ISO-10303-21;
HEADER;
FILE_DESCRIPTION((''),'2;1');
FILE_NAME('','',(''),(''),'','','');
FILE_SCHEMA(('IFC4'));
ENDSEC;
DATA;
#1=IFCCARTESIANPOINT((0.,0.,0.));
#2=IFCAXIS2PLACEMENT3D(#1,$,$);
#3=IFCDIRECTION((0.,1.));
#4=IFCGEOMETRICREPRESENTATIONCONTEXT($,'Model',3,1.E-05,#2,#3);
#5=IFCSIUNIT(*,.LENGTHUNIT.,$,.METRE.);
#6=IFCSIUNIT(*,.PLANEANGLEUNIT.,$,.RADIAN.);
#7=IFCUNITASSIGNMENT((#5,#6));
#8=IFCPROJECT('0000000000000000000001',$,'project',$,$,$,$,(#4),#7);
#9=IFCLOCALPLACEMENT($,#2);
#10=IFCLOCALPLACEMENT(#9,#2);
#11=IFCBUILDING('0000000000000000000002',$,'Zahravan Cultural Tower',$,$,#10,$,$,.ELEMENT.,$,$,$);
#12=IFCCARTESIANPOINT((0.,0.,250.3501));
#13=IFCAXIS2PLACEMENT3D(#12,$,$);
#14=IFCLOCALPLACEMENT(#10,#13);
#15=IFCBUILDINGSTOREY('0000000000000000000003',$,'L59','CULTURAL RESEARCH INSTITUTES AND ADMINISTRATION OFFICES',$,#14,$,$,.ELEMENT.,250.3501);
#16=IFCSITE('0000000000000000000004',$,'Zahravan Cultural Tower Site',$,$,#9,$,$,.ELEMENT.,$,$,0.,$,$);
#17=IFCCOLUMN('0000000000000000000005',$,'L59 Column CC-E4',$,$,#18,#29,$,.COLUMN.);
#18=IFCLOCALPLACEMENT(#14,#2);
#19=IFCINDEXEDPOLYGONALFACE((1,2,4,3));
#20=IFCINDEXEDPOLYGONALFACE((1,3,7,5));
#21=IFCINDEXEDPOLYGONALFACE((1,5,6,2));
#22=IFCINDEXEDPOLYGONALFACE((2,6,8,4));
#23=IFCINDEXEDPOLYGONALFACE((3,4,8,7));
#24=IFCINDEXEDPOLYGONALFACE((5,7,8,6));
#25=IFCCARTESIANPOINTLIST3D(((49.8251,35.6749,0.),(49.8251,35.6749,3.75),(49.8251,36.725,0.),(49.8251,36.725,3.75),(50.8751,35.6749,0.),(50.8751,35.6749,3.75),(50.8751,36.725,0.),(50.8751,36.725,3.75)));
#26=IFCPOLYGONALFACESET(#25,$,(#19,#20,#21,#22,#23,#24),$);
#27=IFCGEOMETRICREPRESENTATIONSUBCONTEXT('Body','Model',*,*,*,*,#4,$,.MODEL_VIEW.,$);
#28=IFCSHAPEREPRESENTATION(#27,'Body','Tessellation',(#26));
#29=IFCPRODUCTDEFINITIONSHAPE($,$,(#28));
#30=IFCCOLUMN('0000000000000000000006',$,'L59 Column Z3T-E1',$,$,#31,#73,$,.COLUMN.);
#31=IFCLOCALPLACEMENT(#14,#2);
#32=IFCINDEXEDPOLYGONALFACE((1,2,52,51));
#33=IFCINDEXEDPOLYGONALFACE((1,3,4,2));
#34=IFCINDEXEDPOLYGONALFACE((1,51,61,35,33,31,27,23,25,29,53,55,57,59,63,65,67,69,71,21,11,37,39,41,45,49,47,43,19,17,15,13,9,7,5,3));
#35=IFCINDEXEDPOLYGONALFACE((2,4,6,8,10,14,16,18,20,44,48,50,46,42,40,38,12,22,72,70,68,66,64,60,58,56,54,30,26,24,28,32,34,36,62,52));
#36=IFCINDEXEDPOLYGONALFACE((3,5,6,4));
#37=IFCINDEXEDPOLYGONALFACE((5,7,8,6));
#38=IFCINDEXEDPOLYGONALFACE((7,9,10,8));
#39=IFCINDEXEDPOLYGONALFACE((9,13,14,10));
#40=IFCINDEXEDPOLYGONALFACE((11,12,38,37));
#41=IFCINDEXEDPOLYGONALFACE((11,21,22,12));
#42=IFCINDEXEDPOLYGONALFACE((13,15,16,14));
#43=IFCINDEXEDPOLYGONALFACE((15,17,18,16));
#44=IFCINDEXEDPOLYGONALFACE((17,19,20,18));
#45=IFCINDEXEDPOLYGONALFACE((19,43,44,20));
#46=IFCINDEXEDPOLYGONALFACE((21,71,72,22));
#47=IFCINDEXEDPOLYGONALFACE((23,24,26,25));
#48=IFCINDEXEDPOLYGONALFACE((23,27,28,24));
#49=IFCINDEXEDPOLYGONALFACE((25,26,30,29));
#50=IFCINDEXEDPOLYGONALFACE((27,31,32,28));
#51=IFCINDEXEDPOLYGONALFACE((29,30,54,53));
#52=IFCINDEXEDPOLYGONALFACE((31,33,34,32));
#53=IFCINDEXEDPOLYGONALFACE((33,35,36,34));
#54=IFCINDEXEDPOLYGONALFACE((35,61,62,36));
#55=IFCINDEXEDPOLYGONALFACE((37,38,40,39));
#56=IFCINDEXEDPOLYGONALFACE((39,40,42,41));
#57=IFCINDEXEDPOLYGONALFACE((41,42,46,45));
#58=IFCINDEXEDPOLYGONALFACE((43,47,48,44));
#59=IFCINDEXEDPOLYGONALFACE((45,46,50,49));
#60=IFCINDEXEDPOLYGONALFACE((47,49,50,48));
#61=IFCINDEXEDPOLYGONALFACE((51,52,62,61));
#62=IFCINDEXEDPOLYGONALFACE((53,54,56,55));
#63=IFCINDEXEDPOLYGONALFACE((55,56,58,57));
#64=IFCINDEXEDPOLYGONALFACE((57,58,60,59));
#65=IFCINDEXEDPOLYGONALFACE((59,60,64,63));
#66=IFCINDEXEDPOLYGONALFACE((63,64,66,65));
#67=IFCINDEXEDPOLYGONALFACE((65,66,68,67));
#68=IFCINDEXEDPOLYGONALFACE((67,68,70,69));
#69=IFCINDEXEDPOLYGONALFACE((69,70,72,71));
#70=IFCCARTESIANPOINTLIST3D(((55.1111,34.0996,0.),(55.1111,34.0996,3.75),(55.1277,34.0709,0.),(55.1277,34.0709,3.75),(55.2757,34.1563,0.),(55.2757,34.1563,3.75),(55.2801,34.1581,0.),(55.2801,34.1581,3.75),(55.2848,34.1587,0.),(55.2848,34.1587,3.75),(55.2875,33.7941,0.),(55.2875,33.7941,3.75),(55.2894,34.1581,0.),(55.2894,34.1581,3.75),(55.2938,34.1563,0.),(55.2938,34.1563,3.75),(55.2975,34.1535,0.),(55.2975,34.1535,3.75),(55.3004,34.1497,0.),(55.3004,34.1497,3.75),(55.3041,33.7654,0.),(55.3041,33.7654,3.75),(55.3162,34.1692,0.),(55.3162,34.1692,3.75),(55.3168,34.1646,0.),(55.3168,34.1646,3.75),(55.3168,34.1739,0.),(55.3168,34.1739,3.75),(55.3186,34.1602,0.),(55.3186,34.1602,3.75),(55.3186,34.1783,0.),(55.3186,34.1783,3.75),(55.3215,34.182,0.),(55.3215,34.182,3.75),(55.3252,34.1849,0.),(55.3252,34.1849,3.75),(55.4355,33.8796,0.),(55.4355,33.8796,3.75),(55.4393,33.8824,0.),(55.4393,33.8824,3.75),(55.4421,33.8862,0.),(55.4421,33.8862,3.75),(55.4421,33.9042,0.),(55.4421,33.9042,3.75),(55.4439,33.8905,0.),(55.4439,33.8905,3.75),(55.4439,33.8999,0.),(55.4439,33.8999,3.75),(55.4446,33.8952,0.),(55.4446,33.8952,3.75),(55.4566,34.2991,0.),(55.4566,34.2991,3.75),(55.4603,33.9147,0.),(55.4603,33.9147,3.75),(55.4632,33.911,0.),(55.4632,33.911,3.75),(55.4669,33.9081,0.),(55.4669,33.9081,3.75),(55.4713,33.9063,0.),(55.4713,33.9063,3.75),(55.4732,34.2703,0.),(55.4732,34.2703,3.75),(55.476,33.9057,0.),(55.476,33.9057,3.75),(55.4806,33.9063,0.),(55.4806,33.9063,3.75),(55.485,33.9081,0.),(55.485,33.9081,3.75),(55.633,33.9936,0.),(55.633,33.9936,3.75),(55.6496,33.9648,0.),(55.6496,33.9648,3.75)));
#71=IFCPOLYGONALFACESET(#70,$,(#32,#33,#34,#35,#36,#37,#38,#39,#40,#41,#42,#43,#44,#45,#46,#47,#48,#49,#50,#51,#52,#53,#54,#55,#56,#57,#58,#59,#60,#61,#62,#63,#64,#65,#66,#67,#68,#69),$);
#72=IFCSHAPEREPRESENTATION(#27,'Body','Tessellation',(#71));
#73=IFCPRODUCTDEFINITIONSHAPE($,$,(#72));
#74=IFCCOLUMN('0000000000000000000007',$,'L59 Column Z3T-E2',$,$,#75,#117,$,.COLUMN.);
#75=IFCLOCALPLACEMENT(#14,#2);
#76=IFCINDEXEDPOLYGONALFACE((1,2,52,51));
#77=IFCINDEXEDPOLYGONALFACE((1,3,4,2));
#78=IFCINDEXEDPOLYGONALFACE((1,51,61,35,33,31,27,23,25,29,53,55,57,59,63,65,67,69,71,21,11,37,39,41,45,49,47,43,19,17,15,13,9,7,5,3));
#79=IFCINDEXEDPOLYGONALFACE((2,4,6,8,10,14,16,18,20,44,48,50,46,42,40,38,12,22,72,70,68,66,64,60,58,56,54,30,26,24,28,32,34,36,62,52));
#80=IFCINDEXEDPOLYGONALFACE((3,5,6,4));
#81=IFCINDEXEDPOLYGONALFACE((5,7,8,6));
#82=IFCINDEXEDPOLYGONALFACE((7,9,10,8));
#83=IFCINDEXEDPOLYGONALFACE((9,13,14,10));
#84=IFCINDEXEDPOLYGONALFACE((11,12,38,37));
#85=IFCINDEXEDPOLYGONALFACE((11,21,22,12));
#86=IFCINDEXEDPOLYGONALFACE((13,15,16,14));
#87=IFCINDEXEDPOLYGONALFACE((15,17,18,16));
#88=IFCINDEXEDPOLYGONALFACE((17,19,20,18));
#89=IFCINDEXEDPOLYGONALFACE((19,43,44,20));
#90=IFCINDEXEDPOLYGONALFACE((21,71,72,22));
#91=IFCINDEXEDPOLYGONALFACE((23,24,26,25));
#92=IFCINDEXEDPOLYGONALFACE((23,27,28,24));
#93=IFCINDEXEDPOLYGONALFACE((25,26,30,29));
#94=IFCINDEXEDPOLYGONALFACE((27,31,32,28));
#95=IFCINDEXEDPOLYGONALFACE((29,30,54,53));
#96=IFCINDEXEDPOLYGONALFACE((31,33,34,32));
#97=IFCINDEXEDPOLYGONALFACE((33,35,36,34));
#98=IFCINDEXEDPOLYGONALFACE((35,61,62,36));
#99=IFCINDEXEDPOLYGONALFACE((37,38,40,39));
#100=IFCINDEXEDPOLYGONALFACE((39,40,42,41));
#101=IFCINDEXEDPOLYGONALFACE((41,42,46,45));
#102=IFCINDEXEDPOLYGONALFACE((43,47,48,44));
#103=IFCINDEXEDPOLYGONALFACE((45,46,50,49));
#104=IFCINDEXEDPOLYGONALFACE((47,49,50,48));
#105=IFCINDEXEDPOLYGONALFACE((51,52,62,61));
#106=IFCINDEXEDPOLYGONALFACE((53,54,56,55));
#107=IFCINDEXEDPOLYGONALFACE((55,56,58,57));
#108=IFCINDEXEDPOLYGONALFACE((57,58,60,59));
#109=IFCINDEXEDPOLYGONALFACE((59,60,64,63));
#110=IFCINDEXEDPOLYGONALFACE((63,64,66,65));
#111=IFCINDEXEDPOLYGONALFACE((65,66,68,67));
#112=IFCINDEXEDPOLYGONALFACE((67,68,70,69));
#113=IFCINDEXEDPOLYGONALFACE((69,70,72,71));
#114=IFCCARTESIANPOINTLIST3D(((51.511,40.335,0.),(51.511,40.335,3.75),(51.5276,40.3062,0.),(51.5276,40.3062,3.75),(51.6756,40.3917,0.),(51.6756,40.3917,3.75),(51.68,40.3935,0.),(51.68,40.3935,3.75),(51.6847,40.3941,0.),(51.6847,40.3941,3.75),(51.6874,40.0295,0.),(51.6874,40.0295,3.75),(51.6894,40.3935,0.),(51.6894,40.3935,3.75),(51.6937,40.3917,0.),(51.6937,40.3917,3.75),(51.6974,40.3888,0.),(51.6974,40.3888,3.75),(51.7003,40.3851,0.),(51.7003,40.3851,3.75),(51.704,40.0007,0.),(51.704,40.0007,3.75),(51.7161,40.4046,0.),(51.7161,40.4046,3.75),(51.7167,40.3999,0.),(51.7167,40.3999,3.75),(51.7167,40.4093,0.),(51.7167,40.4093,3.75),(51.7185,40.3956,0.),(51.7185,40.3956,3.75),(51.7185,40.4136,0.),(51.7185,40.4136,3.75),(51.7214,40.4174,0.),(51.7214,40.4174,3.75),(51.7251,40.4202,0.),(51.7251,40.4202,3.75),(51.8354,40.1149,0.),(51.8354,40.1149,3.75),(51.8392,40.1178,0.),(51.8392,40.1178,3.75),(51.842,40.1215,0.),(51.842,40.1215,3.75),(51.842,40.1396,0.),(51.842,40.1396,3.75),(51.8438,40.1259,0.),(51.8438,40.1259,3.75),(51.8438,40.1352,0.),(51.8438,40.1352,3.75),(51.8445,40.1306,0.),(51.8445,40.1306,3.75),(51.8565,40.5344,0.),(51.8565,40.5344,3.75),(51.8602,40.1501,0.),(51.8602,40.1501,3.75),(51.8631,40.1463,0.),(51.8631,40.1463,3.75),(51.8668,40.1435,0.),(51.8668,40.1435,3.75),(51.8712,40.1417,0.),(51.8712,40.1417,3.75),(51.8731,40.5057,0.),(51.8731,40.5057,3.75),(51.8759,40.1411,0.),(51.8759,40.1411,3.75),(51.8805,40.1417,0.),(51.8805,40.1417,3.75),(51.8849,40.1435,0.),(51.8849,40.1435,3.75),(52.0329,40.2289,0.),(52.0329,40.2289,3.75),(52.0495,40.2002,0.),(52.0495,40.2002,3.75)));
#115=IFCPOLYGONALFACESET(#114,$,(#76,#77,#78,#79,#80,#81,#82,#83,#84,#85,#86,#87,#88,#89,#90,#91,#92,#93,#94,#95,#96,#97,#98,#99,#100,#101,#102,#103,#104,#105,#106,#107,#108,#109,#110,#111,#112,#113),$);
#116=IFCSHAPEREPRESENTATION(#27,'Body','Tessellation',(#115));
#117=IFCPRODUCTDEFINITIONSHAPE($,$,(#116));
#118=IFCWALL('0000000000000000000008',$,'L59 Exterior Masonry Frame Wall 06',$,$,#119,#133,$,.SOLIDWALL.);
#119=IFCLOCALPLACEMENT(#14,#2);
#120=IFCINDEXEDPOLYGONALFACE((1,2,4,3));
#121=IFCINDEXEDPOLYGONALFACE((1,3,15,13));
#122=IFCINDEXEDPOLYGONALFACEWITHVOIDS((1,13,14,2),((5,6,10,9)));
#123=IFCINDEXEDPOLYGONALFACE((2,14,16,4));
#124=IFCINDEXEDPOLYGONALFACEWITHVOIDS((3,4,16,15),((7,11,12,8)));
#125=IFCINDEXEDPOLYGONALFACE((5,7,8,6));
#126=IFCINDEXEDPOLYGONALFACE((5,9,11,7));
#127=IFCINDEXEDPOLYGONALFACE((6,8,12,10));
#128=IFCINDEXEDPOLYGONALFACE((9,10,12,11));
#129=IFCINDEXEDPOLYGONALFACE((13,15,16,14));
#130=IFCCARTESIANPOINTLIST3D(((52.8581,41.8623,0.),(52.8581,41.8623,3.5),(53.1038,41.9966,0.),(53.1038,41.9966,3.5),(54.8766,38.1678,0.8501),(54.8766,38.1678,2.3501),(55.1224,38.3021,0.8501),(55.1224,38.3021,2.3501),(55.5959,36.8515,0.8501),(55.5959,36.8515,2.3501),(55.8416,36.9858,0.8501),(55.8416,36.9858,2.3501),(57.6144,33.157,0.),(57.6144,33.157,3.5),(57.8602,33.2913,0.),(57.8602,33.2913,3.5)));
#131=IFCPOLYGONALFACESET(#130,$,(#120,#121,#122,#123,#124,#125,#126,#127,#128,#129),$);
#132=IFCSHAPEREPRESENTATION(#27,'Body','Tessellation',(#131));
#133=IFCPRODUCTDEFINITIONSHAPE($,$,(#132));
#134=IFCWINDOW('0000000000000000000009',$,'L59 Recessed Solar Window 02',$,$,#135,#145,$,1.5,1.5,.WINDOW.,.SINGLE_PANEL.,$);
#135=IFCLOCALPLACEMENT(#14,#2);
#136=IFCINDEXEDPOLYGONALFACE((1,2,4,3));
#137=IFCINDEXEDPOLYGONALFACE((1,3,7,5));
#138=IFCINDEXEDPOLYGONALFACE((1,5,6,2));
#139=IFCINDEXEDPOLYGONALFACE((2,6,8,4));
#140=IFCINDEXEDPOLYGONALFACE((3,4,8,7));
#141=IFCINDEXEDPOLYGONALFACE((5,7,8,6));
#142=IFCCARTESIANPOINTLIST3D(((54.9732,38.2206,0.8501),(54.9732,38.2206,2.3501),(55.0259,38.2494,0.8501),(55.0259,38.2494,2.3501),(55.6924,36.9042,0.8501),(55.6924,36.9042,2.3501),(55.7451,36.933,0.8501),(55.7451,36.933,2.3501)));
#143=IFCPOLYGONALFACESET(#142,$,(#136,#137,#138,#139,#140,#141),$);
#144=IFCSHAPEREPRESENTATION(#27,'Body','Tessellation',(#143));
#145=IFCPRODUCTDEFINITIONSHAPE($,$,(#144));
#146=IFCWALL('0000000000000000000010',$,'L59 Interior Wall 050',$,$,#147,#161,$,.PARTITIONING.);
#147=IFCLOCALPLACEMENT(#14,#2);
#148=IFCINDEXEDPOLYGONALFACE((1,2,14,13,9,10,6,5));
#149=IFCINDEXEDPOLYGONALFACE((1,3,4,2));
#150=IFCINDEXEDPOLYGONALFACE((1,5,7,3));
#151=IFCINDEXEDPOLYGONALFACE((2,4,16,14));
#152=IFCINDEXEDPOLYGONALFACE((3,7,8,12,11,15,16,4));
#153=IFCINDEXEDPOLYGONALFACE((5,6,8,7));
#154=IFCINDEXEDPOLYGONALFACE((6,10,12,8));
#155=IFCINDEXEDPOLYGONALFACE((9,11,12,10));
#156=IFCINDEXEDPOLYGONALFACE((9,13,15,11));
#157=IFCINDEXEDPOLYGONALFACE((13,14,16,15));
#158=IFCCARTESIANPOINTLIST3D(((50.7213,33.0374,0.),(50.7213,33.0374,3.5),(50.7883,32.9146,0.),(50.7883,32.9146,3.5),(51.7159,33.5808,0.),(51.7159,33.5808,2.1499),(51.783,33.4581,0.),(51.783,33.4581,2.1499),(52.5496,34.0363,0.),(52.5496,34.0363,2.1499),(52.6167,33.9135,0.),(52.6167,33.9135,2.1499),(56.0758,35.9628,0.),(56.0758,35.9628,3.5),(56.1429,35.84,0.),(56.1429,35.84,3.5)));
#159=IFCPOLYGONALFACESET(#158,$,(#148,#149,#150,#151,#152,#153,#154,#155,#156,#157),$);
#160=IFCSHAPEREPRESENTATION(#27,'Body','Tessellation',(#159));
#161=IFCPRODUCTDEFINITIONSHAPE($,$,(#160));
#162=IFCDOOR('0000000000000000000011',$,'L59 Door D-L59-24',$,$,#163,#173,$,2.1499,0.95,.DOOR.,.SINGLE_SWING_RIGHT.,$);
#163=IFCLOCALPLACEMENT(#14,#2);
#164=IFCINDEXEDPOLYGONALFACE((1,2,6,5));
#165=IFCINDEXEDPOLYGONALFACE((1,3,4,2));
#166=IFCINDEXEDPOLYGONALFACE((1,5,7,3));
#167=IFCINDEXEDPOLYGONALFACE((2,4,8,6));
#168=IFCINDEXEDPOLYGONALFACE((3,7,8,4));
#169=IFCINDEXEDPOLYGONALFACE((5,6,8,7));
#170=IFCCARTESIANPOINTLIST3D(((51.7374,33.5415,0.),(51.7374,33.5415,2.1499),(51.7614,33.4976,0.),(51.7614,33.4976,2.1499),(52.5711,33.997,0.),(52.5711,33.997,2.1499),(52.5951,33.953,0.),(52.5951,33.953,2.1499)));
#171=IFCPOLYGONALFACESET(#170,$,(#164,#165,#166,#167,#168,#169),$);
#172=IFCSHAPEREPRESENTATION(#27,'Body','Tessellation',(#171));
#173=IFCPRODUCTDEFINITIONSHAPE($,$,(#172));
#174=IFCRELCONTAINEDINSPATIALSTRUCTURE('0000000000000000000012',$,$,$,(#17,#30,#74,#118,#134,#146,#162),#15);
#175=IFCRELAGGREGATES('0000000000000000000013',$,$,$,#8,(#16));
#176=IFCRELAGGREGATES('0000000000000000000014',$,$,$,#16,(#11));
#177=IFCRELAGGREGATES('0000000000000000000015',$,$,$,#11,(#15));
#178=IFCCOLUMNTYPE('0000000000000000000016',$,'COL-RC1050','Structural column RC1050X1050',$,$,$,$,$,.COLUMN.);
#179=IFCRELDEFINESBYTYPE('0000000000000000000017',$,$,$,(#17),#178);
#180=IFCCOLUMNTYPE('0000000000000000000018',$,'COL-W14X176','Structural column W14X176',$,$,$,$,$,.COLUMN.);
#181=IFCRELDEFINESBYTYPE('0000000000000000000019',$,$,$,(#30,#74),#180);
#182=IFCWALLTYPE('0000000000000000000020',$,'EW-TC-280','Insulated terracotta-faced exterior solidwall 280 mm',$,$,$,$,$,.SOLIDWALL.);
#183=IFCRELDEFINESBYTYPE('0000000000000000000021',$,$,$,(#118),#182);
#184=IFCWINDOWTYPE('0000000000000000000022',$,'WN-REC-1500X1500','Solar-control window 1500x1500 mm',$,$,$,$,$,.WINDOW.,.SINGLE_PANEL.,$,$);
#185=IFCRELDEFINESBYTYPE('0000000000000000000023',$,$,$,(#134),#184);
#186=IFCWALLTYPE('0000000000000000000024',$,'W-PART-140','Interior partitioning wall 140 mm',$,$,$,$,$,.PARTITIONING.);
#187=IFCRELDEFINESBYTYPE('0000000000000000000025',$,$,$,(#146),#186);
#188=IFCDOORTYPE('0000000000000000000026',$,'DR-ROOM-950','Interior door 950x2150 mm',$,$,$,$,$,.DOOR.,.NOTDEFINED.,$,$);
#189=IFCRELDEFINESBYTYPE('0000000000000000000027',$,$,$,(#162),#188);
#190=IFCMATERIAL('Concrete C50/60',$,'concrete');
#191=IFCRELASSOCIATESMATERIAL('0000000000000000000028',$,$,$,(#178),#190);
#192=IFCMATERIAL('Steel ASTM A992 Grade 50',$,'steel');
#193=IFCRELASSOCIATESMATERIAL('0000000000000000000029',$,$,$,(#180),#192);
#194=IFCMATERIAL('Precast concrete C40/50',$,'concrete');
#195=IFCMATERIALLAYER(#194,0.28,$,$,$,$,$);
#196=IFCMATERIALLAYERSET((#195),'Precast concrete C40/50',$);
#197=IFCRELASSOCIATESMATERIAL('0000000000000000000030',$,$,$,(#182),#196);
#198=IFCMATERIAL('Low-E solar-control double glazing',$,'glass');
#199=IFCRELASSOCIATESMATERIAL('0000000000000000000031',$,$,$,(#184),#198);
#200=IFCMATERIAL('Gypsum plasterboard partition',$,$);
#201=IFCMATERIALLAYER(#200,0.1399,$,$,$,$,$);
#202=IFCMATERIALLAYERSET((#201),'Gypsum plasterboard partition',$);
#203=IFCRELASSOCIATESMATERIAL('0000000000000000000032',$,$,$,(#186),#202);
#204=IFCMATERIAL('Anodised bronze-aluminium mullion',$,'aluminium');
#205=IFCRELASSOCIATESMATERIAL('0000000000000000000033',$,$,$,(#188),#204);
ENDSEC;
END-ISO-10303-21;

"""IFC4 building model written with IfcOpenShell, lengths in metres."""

from ifc_helpers import new_model, si_unit, direction, frame, frame_2d, origin, origin_2d, place, context, subcontext, project, spatial, rectangle, i_section, extrude, source, transform, mapped, material, layer, layer_set, material_profile, profile_set, type_object, element, fill, save


model = new_model("IFC4")

# Units and contexts
model_context = context("Model", 3, precision=1e-05, world=origin(), true_north=direction((0.0, 1.0)))
body_context = subcontext(model_context, "Body", "Model", "MODEL_VIEW")
ifc_project = project(units=[si_unit("LENGTHUNIT", "METRE"), si_unit("PLANEANGLEUNIT", "RADIAN")], contexts=[model_context])

# Site, building, storey
site_placement = place(None, origin())
site = spatial("IfcSite", under=ifc_project, at=site_placement, Name="Zahravan Cultural Tower Site", CompositionType="ELEMENT", RefElevation=0.0)
building_placement = place(site_placement, origin())
building = spatial("IfcBuilding", under=site, at=building_placement, Name="Zahravan Cultural Tower", CompositionType="ELEMENT")
storey_placement = place(building_placement, frame((0.0, 0.0, 250.3501)))
storey = spatial("IfcBuildingStorey", under=building, at=storey_placement, Name="L59", Description="CULTURAL RESEARCH INSTITUTES AND ADMINISTRATION OFFICES", CompositionType="ELEMENT", Elevation=250.3501)

# Columns
ifc_material_1 = material(Name="Concrete C50/60", Category="concrete")
ifc_material_profile_1 = material_profile(ifc_material_1, rectangle(XDim=1.05, YDim=1.05, at=origin_2d()), Name="RC1050X1050")
ifc_profile_set_1 = profile_set([ifc_material_profile_1], Name="Concrete C50/60")
column_type_1 = type_object("IfcColumnType", Name="COL-RC1050", Description="Structural column RC1050X1050", PredefinedType="COLUMN", material=ifc_profile_set_1)
shared_shape_1 = source(origin(), body_context, "Body", "SweptSolid", [
    extrude(rectangle(XDim=1.05, YDim=1.05, at=origin_2d()), origin(), (0.0, 0.0, 1.0), 3.75),
])
column_placement = place(storey_placement, frame((50.3501, 36.2, 0.0), z_axis=(0.0, 0.0, 1.0), x_axis=(1.0, 0.0, 0.0)))
element("IfcColumn", 1, at=column_placement, inside=storey, type_object=column_type_1, Name="L59 Column CC-E4", PredefinedType="COLUMN", context=body_context, shape_type="MappedRepresentation", body=[
    mapped(shared_shape_1, transform((0.0, 0.0, 0.0), x_axis=(1.0, 0.0, 0.0), y_axis=(0.0, 1.0, 0.0), z_axis=(0.0, 0.0, 1.0), scale=1.0)),
])
ifc_material_2 = material(Name="Steel ASTM A992 Grade 50", Category="steel")
ifc_material_profile_2 = material_profile(ifc_material_2, i_section(OverallWidth=0.3989, OverallDepth=0.386, WebThickness=0.021, FlangeThickness=0.0332, FilletRadius=0.0181, at=origin_2d()), Name="W14X176")
ifc_profile_set_2 = profile_set([ifc_material_profile_2], Name="Steel ASTM A992 Grade 50")
column_type_2 = type_object("IfcColumnType", Name="COL-W14X176", Description="Structural column W14X176", PredefinedType="COLUMN", material=ifc_profile_set_2)
shared_shape_2 = source(origin(), body_context, "Body", "SweptSolid", [
    extrude(i_section(OverallWidth=0.3989, OverallDepth=0.386, WebThickness=0.021, FlangeThickness=0.0332, FilletRadius=0.0181, at=origin_2d()), origin(), (0.0, 0.0, 1.0), 3.75),
])
for number, where, z_axis, x_axis, name in (
    (2, (55.3804, 34.0322, 0.0), (0.0, 0.0, 1.0), (0.866025, 0.5, 0.0), "L59 Column Z3T-E1"),
    (3, (51.7803, 40.2676, 0.0), (0.0, 0.0, 1.0), (0.866025, 0.5, 0.0), "L59 Column Z3T-E2"),
):
    element("IfcColumn", number, at=place(storey_placement, frame(where, z_axis=z_axis, x_axis=x_axis)), inside=storey, type_object=column_type_2, Name=name, PredefinedType="COLUMN", context=body_context, shape_type="MappedRepresentation", body=[
        mapped(shared_shape_2, transform((0.0, 0.0, 0.0), x_axis=(1.0, 0.0, 0.0), y_axis=(0.0, 1.0, 0.0), z_axis=(0.0, 0.0, 1.0), scale=1.0)),
    ])

# Wall, opening, window
ifc_material_3 = material(Name="Precast concrete C40/50", Category="concrete")
ifc_layer_1 = layer(ifc_material_3, 0.28)
ifc_layer_set_1 = layer_set([ifc_layer_1], Name="Precast concrete C40/50")
wall_type_1 = type_object("IfcWallType", Name="EW-TC-280", Description="Insulated terracotta-faced exterior solidwall 280 mm", PredefinedType="SOLIDWALL", material=ifc_layer_set_1)
wall_1_placement = place(storey_placement, frame((52.981, 41.9294, 0.0), z_axis=(0.0, 0.0, 1.0), x_axis=(0.479473, -0.877557, 0.0)))
wall_1 = element("IfcWall", 4, at=wall_1_placement, inside=storey, type_object=wall_type_1, Name="L59 Exterior Masonry Frame Wall 06", PredefinedType="SOLIDWALL", context=body_context, shape_type="SweptSolid", body=[
    extrude(rectangle(XDim=9.9199, YDim=0.28, at=frame_2d((4.96, 0.0))), origin(), (0.0, 0.0, 1.0), 3.5),
])
opening_1_placement = place(wall_1_placement, frame((4.21, 0.0, 0.8501)))
opening_1 = element("IfcOpeningElement", 5, at=opening_1_placement, cuts=wall_1, PredefinedType="OPENING", context=body_context, shape_type="SweptSolid", body=[
    extrude(rectangle(XDim=1.5, YDim=1.5, at=frame_2d((0.75, 0.75))), frame((0.0, 0.1499, 0.0), z_axis=(0.0, -1.0, 0.0), x_axis=(1.0, 0.0, 0.0)), (0.0, 0.0, 1.0), 0.3),
])
ifc_material_4 = material(Name="Low-E solar-control double glazing", Category="glass")
window_type = type_object("IfcWindowType", Name="WN-REC-1500X1500", Description="Solar-control window 1500x1500 mm", PartitioningType="SINGLE_PANEL", PredefinedType="WINDOW", material=ifc_material_4)
shared_shape_3 = source(origin(), body_context, "Body", "SweptSolid", [
    extrude(rectangle(XDim=1.5, YDim=1.5, at=frame_2d((0.75, 0.75))), frame((0.0, 0.03, 0.0), z_axis=(0.0, -1.0, 0.0), x_axis=(1.0, 0.0, 0.0)), (0.0, 0.0, 1.0), 0.0601),
])
window_placement = place(opening_1_placement, origin())
window = element("IfcWindow", 6, at=window_placement, inside=storey, type_object=window_type, Name="L59 Recessed Solar Window 02", OverallHeight=1.5, OverallWidth=1.5, PartitioningType="SINGLE_PANEL", PredefinedType="WINDOW", context=body_context, shape_type="MappedRepresentation", body=[
    mapped(shared_shape_3, transform((0.0, 0.0, 0.0), x_axis=(1.0, 0.0, 0.0), y_axis=(0.0, 1.0, 0.0), z_axis=(0.0, 0.0, 1.0), scale=1.0)),
])
fill(opening_1, window)

# Wall, opening, door
ifc_material_5 = material(Name="Gypsum plasterboard partition")
ifc_layer_2 = layer(ifc_material_5, 0.1399)
ifc_layer_set_2 = layer_set([ifc_layer_2], Name="Gypsum plasterboard partition")
wall_type_2 = type_object("IfcWallType", Name="W-PART-140", Description="Interior partitioning wall 140 mm", PredefinedType="PARTITIONING", material=ifc_layer_set_2)
wall_2_placement = place(storey_placement, frame((56.1094, 35.9014, 0.0), z_axis=(0.0, 0.0, 1.0), x_axis=(-0.877574, -0.479441, 0.0)))
wall_2 = element("IfcWall", 7, at=wall_2_placement, inside=storey, type_object=wall_type_2, Name="L59 Interior Wall 050", PredefinedType="PARTITIONING", context=body_context, shape_type="SweptSolid", body=[
    extrude(rectangle(XDim=6.1016, YDim=0.1399, at=frame_2d((3.0508, 0.0))), origin(), (0.0, 0.0, 1.0), 3.5),
])
opening_2_placement = place(wall_2_placement, frame((4.0181, 0.0, 0.0)))
opening_2 = element("IfcOpeningElement", 8, at=opening_2_placement, cuts=wall_2, PredefinedType="OPENING", context=body_context, shape_type="SweptSolid", body=[
    extrude(rectangle(XDim=0.95, YDim=2.1499, at=frame_2d((0.4751, 1.075))), frame((0.0, 0.0798, 0.0), z_axis=(0.0, -1.0, 0.0), x_axis=(1.0, 0.0, 0.0)), (0.0, 0.0, 1.0), 0.1599),
])
ifc_material_6 = material(Name="Anodised bronze-aluminium mullion", Category="aluminium")
door_type = type_object("IfcDoorType", Name="DR-ROOM-950", Description="Interior door 950x2150 mm", OperationType="NOTDEFINED", PredefinedType="DOOR", material=ifc_material_6)
shared_shape_4 = source(origin(), body_context, "Body", "SweptSolid", [
    extrude(rectangle(XDim=0.95, YDim=2.1499, at=frame_2d((0.4751, 1.075))), frame((0.0, 0.0249, 0.0), z_axis=(0.0, -1.0, 0.0), x_axis=(1.0, 0.0, 0.0)), (0.0, 0.0, 1.0), 0.05),
])
door_placement = place(opening_2_placement, origin())
door = element("IfcDoor", 9, at=door_placement, inside=storey, type_object=door_type, Name="L59 Door D-L59-24", OperationType="SINGLE_SWING_RIGHT", OverallHeight=2.1499, OverallWidth=0.95, PredefinedType="DOOR", context=body_context, shape_type="MappedRepresentation", body=[
    mapped(shared_shape_4, transform((0.0, 0.0, 0.0), x_axis=(1.0, 0.0, 0.0), y_axis=(0.0, 1.0, 0.0), z_axis=(0.0, 0.0, 1.0), scale=1.0)),
])
fill(opening_2, door)

save(model, "model.ifc")
